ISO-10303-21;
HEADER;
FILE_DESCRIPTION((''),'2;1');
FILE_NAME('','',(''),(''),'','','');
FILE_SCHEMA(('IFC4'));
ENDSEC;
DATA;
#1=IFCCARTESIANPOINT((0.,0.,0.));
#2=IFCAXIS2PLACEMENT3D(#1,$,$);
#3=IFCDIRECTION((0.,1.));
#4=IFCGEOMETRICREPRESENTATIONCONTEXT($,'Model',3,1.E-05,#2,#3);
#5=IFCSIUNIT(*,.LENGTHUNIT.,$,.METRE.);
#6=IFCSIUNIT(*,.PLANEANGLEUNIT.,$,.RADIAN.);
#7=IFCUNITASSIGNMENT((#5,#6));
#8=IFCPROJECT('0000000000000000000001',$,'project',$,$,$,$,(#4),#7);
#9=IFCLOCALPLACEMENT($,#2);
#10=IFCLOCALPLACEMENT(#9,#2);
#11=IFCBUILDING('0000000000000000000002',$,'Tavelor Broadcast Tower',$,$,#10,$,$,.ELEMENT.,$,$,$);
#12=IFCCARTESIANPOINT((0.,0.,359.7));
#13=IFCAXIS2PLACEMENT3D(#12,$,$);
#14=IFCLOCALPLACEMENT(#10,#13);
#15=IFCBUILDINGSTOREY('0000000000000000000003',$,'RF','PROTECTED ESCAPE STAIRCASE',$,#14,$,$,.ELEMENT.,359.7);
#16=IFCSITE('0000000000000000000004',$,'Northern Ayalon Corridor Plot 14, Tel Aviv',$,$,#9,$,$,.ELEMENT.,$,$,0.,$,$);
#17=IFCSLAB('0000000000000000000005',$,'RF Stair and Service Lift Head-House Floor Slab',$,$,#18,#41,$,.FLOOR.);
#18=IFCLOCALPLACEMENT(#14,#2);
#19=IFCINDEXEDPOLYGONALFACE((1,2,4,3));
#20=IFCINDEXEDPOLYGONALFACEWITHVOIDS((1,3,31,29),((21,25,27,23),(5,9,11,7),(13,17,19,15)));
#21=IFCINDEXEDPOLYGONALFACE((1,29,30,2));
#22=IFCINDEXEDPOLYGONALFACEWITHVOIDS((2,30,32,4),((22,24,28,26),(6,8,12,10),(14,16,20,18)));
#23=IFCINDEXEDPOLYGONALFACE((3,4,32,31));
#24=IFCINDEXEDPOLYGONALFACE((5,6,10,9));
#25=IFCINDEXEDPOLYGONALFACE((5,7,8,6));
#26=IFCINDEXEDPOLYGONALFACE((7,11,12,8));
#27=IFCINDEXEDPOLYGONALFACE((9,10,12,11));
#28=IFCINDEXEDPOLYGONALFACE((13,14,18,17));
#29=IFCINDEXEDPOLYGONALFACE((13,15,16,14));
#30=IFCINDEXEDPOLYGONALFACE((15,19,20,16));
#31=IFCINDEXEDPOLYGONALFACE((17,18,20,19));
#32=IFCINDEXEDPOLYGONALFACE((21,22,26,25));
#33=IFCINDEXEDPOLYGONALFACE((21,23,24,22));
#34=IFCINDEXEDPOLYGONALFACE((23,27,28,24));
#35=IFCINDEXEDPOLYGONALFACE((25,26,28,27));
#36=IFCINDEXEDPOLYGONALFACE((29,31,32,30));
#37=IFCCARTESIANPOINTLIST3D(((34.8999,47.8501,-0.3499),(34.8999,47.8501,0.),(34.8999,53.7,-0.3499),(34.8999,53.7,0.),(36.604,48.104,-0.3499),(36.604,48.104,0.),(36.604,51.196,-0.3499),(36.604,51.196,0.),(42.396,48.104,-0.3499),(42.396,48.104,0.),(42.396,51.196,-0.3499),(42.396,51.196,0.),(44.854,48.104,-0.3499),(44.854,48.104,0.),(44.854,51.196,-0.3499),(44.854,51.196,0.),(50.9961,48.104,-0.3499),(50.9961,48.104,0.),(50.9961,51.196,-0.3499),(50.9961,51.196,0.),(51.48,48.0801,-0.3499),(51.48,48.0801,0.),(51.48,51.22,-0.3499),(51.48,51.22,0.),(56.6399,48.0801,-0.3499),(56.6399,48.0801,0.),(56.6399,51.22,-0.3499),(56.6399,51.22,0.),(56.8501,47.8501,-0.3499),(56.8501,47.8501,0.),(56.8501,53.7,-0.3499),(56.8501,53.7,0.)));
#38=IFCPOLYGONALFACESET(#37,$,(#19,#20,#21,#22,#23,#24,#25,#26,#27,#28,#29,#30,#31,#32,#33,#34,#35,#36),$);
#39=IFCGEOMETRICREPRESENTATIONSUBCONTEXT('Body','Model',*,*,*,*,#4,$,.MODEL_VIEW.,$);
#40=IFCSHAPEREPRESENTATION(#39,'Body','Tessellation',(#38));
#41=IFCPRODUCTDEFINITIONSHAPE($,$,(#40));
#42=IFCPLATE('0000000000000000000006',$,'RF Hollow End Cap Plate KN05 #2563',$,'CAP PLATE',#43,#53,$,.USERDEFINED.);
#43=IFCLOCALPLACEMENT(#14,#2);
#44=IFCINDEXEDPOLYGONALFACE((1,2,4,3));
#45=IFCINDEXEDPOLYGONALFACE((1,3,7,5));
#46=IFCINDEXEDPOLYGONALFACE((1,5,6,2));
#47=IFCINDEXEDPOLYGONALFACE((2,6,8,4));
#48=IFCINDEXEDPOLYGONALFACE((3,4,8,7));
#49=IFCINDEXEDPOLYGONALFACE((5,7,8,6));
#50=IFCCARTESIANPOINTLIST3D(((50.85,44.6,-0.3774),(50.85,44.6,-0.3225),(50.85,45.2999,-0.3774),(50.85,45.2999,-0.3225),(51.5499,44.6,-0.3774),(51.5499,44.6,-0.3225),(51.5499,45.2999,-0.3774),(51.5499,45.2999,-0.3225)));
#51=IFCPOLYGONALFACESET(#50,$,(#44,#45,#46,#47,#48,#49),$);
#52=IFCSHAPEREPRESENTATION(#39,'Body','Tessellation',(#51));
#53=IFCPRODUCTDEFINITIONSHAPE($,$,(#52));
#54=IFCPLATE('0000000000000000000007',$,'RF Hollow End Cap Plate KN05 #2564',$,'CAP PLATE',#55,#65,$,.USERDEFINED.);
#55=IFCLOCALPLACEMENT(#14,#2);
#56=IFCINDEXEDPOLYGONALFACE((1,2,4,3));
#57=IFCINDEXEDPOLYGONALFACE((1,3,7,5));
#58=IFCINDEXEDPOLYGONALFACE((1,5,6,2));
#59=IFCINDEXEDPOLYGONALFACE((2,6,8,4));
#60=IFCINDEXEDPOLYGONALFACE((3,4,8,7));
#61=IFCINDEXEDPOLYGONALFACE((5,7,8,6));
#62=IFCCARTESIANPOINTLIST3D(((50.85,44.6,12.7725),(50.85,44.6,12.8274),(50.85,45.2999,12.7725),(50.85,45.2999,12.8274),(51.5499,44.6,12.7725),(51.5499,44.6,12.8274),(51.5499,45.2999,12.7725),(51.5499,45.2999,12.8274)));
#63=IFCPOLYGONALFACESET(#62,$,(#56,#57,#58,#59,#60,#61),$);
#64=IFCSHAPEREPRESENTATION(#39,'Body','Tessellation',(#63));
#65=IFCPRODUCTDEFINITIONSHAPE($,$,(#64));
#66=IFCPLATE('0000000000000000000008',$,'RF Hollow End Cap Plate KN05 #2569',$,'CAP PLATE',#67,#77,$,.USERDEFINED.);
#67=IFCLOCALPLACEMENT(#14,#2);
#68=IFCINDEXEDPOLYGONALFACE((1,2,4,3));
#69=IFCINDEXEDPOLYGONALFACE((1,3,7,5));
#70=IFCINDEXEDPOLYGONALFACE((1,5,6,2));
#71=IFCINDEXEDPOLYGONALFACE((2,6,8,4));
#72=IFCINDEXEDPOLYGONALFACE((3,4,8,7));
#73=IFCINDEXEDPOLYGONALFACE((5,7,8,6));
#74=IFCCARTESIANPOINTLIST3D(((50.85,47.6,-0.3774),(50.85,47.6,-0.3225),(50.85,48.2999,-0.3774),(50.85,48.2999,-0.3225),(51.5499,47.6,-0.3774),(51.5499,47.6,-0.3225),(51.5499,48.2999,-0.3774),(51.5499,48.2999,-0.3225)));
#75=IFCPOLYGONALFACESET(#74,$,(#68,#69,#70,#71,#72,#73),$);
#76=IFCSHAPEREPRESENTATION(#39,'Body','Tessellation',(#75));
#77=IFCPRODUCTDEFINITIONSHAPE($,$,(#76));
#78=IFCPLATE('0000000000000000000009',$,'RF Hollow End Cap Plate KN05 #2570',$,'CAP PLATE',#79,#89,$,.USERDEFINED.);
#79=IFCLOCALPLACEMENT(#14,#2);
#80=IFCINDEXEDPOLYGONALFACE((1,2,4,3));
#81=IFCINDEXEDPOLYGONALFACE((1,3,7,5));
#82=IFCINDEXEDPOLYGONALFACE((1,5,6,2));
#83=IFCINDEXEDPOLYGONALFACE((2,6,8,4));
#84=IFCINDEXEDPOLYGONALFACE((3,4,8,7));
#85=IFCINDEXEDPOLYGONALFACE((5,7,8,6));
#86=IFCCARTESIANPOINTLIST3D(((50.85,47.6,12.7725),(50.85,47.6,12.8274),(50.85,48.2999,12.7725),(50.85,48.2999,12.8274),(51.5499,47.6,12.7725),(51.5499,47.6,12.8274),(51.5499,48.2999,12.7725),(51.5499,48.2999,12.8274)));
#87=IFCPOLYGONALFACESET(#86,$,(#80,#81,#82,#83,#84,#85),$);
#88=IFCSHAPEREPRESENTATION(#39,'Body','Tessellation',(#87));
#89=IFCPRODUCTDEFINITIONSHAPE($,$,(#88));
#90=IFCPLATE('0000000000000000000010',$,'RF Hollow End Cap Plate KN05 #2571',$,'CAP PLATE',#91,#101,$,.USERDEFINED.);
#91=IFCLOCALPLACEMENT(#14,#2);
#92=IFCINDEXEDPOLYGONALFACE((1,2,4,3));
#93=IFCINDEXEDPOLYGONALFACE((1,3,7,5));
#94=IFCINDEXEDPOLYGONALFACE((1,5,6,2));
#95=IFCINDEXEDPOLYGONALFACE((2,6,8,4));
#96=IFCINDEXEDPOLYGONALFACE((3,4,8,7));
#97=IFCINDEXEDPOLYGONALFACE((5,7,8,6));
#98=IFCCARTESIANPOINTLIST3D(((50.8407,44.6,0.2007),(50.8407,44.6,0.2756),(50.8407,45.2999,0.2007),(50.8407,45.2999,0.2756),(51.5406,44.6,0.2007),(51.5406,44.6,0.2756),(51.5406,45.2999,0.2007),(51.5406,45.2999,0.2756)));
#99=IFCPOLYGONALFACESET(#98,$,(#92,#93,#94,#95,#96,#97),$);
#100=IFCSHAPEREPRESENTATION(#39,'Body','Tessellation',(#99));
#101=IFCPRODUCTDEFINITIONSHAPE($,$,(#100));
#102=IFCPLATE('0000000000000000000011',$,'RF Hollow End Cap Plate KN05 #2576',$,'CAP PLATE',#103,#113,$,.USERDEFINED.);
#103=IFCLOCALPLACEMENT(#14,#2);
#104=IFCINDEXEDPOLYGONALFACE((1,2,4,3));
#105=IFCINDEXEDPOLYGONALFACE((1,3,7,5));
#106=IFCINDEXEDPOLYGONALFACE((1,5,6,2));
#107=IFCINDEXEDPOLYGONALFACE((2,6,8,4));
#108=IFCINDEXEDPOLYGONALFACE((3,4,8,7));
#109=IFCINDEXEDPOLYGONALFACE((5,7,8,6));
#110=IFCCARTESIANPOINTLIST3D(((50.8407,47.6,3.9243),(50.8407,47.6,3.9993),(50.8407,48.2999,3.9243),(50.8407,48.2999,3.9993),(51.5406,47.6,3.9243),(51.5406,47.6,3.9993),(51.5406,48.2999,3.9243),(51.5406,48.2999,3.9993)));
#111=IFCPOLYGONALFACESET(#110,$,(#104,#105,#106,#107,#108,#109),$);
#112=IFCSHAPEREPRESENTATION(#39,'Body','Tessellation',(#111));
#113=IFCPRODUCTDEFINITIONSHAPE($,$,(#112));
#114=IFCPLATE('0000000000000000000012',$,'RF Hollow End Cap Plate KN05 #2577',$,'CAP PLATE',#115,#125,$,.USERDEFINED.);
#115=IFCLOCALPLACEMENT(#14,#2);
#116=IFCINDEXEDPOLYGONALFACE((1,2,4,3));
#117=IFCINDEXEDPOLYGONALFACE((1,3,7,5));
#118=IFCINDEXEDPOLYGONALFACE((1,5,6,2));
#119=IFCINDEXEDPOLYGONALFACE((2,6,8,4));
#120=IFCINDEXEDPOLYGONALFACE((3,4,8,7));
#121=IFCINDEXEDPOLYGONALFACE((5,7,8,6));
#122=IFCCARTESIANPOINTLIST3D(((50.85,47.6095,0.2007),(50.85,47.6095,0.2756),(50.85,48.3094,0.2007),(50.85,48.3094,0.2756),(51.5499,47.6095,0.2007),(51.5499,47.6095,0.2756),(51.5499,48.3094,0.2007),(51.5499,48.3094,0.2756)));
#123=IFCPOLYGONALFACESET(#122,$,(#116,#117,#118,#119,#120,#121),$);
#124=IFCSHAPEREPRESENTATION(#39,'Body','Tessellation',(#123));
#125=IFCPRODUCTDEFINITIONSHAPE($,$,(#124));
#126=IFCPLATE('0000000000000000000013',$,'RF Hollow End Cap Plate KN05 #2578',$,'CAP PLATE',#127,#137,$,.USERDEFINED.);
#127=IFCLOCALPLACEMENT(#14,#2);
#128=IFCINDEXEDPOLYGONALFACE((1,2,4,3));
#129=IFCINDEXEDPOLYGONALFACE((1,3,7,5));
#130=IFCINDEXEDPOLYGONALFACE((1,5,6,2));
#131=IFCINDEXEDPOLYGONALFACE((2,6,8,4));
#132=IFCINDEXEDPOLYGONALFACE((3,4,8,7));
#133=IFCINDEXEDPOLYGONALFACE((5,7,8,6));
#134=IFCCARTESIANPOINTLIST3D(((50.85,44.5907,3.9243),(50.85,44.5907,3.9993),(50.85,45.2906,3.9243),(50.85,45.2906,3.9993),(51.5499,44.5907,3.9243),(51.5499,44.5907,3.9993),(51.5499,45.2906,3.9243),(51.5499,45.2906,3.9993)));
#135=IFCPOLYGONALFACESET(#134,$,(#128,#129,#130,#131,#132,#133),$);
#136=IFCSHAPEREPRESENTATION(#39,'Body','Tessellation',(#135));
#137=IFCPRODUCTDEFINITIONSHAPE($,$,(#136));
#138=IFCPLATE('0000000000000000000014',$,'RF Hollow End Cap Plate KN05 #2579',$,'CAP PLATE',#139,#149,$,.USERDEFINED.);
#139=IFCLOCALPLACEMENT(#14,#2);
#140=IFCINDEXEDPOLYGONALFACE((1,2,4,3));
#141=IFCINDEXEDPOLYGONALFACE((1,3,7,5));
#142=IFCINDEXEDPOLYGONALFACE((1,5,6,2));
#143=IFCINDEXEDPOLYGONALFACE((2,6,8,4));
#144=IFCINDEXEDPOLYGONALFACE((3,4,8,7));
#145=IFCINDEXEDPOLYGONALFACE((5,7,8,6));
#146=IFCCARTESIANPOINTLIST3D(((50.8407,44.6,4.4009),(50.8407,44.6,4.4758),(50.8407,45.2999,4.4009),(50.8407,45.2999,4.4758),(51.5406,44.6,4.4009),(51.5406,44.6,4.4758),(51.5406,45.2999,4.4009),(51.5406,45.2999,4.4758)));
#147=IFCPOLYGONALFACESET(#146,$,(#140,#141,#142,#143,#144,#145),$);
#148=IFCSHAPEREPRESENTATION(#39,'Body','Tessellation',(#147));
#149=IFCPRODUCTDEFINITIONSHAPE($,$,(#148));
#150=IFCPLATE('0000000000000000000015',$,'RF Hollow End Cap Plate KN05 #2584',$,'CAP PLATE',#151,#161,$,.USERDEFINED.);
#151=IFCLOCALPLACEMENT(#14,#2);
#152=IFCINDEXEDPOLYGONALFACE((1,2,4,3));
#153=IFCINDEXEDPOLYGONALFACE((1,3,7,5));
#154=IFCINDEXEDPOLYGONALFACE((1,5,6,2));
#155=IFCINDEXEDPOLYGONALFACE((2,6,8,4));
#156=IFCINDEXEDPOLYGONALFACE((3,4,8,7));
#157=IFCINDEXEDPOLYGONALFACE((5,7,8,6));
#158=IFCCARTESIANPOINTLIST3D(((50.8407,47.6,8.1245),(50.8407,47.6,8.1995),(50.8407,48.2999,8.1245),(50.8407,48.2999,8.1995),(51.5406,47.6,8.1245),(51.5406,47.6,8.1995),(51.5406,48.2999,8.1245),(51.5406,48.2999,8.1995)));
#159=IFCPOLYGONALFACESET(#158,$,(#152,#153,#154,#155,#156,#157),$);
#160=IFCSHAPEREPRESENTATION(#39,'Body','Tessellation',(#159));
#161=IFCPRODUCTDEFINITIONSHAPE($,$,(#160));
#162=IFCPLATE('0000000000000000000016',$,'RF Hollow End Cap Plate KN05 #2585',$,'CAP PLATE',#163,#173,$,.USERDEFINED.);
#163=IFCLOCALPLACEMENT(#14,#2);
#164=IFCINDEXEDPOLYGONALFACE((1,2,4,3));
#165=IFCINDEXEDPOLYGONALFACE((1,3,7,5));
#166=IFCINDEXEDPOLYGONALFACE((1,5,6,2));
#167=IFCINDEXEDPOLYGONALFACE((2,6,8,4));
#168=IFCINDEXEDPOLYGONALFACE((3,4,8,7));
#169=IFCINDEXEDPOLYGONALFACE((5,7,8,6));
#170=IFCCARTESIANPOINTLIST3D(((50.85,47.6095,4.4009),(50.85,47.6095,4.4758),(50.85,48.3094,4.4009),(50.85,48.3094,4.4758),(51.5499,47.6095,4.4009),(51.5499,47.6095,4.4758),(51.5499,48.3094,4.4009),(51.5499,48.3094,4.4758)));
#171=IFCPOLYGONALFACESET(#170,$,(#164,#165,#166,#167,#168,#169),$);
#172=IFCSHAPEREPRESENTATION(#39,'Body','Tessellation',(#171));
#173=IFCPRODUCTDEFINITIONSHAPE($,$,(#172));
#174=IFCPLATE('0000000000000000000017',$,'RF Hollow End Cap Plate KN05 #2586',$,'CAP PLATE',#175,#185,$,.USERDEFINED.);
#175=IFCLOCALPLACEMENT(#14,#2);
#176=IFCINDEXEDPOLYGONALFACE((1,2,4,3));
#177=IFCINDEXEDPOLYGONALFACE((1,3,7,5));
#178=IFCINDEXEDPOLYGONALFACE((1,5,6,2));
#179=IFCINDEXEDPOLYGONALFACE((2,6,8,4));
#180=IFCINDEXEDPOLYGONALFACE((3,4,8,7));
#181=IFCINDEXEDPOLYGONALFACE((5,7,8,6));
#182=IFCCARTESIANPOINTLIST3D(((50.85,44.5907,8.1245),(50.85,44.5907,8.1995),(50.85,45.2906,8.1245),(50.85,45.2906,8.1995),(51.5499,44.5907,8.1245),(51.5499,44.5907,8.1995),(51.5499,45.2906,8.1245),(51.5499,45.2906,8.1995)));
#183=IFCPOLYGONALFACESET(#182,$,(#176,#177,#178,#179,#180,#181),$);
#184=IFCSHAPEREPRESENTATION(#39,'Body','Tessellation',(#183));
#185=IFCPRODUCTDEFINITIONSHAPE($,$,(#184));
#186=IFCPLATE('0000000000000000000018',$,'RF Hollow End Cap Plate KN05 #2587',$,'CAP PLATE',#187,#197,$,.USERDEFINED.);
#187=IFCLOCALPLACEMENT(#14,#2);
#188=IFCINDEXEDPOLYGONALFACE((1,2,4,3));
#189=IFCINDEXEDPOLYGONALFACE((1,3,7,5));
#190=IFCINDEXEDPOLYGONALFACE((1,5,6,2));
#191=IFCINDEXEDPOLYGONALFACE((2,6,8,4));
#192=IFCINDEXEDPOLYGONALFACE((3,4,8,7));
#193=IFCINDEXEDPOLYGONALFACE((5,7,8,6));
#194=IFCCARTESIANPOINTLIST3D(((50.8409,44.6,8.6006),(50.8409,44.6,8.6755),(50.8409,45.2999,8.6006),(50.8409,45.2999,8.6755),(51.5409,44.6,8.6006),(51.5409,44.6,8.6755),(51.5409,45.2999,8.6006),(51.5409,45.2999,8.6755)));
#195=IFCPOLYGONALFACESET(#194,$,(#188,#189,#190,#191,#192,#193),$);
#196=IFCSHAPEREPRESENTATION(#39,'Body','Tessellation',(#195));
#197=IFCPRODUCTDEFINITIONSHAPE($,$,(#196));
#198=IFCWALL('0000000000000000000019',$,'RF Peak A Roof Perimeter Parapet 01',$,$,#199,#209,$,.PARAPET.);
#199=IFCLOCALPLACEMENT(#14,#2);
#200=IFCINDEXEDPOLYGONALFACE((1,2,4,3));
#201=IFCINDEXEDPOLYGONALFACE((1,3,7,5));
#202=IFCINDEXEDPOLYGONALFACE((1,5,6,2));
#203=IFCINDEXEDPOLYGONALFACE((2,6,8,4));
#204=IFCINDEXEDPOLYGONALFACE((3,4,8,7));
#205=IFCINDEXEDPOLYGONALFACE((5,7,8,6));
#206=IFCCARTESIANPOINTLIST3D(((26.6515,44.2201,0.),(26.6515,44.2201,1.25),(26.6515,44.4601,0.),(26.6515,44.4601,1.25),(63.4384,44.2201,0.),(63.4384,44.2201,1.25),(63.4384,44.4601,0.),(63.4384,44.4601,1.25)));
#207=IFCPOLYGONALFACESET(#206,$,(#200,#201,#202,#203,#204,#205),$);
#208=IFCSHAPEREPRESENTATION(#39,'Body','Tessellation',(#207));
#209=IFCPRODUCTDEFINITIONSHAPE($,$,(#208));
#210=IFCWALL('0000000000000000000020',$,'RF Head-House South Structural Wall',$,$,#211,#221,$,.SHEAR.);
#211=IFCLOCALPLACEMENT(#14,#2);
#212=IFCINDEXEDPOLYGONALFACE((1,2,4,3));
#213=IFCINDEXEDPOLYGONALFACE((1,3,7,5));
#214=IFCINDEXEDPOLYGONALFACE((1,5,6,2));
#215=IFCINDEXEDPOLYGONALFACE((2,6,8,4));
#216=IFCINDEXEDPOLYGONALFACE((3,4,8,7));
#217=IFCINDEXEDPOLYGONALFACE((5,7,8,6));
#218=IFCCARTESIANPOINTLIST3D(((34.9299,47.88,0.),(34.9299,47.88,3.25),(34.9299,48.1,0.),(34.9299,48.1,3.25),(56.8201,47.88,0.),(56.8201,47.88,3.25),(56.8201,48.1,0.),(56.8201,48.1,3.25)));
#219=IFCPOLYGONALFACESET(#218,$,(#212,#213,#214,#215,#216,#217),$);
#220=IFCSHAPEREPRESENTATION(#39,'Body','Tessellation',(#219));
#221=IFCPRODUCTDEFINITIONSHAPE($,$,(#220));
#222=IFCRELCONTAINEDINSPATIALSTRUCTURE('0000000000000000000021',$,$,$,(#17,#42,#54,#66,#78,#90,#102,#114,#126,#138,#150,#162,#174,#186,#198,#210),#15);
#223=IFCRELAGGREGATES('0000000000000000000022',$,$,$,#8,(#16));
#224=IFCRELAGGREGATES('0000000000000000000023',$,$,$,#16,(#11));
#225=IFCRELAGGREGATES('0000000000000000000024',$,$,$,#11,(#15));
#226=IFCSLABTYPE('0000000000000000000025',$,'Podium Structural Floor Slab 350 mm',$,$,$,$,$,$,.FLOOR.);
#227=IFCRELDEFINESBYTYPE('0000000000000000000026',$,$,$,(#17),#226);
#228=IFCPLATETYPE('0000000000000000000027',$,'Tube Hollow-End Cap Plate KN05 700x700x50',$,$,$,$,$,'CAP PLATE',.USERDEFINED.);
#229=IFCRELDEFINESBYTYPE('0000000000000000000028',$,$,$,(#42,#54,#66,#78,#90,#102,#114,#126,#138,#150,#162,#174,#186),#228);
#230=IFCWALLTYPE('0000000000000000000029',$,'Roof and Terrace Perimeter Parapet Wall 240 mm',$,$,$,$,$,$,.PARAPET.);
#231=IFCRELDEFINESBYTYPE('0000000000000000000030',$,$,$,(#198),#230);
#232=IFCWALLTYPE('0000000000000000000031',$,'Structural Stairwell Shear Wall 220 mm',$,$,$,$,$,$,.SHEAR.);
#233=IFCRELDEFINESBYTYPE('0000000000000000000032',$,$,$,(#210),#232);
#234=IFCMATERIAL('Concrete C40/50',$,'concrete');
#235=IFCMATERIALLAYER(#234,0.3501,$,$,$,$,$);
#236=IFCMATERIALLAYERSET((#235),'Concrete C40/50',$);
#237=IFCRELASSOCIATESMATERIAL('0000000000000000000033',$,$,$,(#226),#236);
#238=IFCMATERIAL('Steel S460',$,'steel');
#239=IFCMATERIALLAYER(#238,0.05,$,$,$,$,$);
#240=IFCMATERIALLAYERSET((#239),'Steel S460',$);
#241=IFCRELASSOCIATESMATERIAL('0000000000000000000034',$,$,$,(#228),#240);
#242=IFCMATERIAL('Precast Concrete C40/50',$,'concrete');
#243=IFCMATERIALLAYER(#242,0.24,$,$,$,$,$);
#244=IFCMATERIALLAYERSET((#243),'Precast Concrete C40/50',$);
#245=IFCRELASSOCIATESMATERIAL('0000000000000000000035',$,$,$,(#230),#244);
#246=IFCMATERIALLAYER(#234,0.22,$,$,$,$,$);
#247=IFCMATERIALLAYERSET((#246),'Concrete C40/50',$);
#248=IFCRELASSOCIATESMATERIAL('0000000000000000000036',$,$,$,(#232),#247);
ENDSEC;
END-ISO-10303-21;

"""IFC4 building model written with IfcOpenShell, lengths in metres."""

from ifc_helpers import new_model, si_unit, direction, frame, frame_2d, origin, origin_2d, place, context, subcontext, project, spatial, polyline, rectangle, outline, extrude, source, transform, mapped, material, layer, layer_set, type_object, type_shapes, element, save


model = new_model("IFC4")

# Units and contexts
model_context = context("Model", 3, precision=1e-05, world=origin(), true_north=direction((0.0, 1.0)))
body_context = subcontext(model_context, "Body", "Model", "MODEL_VIEW")
ifc_project = project(units=[si_unit("LENGTHUNIT", "METRE"), si_unit("PLANEANGLEUNIT", "RADIAN")], contexts=[model_context])

# Site, building, storey
site_placement = place(None, origin())
site = spatial("IfcSite", under=ifc_project, at=site_placement, Name="Northern Ayalon Corridor Plot 14, Tel Aviv", CompositionType="ELEMENT", RefElevation=0.0)
building_placement = place(site_placement, origin())
building = spatial("IfcBuilding", under=site, at=building_placement, Name="Tavelor Broadcast Tower", CompositionType="ELEMENT")
storey_placement = place(building_placement, frame((0.0, 0.0, 359.7)))
storey = spatial("IfcBuildingStorey", under=building, at=storey_placement, Name="RF", Description="PROTECTED ESCAPE STAIRCASE", CompositionType="ELEMENT", Elevation=359.7)

# Shared definitions
ifc_material_1 = material(Name="Concrete C40/50", Category="concrete")

# Slab
ifc_layer_1 = layer(ifc_material_1, 0.3501)
ifc_layer_set_1 = layer_set([ifc_layer_1], Name="Concrete C40/50")
slab_type_1 = type_object("IfcSlabType", Name="Podium Structural Floor Slab 350 mm", PredefinedType="FLOOR", material=ifc_layer_set_1)
slab_1_placement = place(storey_placement, frame((0.0, 0.0, -0.3499)))
element("IfcSlab", 1, at=slab_1_placement, inside=storey, type_object=slab_type_1, Name="RF Stair and Service Lift Head-House Floor Slab", PredefinedType="FLOOR", context=body_context, shape_type="SweptSolid", body=[
    extrude(outline(polyline([(56.8501, 47.8501), (56.8501, 53.7), (34.8999, 53.7), (34.8999, 47.8501), (56.8501, 47.8501)]), holes=[polyline([(44.854, 48.104), (44.854, 51.196), (50.9961, 51.196), (50.9961, 48.104), (44.854, 48.104)]), polyline([(36.604, 48.104), (36.604, 51.196), (42.396, 51.196), (42.396, 48.104), (36.604, 48.104)]), polyline([(51.48, 48.0801), (51.48, 51.22), (56.6399, 51.22), (56.6399, 48.0801), (51.48, 48.0801)])]), origin(), (0.0, 0.0, 1.0), 0.3499),
])

# Plates
ifc_material_2 = material(Name="Steel S460", Category="steel")
ifc_layer_2 = layer(ifc_material_2, 0.05)
ifc_layer_set_2 = layer_set([ifc_layer_2], Name="Steel S460")
plate_type = type_object("IfcPlateType", Name="Tube Hollow-End Cap Plate KN05 700x700x50", ElementType="CAP PLATE", PredefinedType="USERDEFINED", material=ifc_layer_set_2)
shared_shape_1 = source(origin(), body_context, "Body", "SweptSolid", [
    extrude(rectangle(XDim=0.7, YDim=0.7, at=origin_2d()), origin(), (0.0, 0.0, 1.0), 0.0549),
])
for number, where, z_axis, x_axis, name in (
    (2, (51.2, 44.95, -0.3774), (0.0, 0.0, 1.0), (1.0, 0.0, 0.0), "RF Hollow End Cap Plate KN05 #2563"),
    (3, (51.2, 44.95, 12.7725), (0.0, 0.0, 1.0), (1.0, 0.0, 0.0), "RF Hollow End Cap Plate KN05 #2564"),
    (4, (51.2, 47.95, -0.3774), (0.0, 0.0, 1.0), (1.0, 0.0, 0.0), "RF Hollow End Cap Plate KN05 #2569"),
    (5, (51.2, 47.95, 12.7725), (0.0, 0.0, 1.0), (1.0, 0.0, 0.0), "RF Hollow End Cap Plate KN05 #2570"),
):
    element("IfcPlate", number, at=place(storey_placement, frame(where, z_axis=z_axis, x_axis=x_axis)), inside=storey, type_object=plate_type, Name=name, ObjectType="CAP PLATE", PredefinedType="USERDEFINED", context=body_context, shape_type="MappedRepresentation", body=[
        mapped(shared_shape_1, transform((0.0, 0.0, 0.0), scale=1.0)),
    ])
shared_shape_2 = source(origin(), body_context, "Body", "SweptSolid", [
    extrude(rectangle(XDim=0.7, YDim=0.7, at=origin_2d()), origin(), (0.0, 0.0, 1.0), 0.075),
])
type_shapes(plate_type, [shared_shape_1, shared_shape_2])
for number, where, z_axis, x_axis, name in (
    (6, (51.1907, 44.95, 0.2007), (0.0, 0.0, 1.0), (1.0, 0.0, 0.0), "RF Hollow End Cap Plate KN05 #2571"),
    (7, (51.1907, 47.95, 3.9243), (0.0, 0.0, 1.0), (1.0, 0.0, 0.0), "RF Hollow End Cap Plate KN05 #2576"),
    (8, (51.2, 47.9595, 0.2007), (0.0, 0.0, 1.0), (1.0, 0.0, 0.0), "RF Hollow End Cap Plate KN05 #2577"),
    (9, (51.2, 44.9407, 3.9243), (0.0, 0.0, 1.0), (1.0, 0.0, 0.0), "RF Hollow End Cap Plate KN05 #2578"),
    (10, (51.1907, 44.95, 4.4009), (0.0, 0.0, 1.0), (1.0, 0.0, 0.0), "RF Hollow End Cap Plate KN05 #2579"),
    (11, (51.1907, 47.95, 8.1245), (0.0, 0.0, 1.0), (1.0, 0.0, 0.0), "RF Hollow End Cap Plate KN05 #2584"),
    (12, (51.2, 47.9595, 4.4009), (0.0, 0.0, 1.0), (1.0, 0.0, 0.0), "RF Hollow End Cap Plate KN05 #2585"),
    (13, (51.2, 44.9407, 8.1245), (0.0, 0.0, 1.0), (1.0, 0.0, 0.0), "RF Hollow End Cap Plate KN05 #2586"),
    (14, (51.1909, 44.95, 8.6006), (0.0, 0.0, 1.0), (1.0, 0.0, 0.0), "RF Hollow End Cap Plate KN05 #2587"),
):
    element("IfcPlate", number, at=place(storey_placement, frame(where, z_axis=z_axis, x_axis=x_axis)), inside=storey, type_object=plate_type, Name=name, ObjectType="CAP PLATE", PredefinedType="USERDEFINED", context=body_context, shape_type="MappedRepresentation", body=[
        mapped(shared_shape_2, transform((0.0, 0.0, 0.0), scale=1.0)),
    ])

# Walls
ifc_material_3 = material(Name="Precast Concrete C40/50", Category="concrete")
ifc_layer_3 = layer(ifc_material_3, 0.24)
ifc_layer_set_3 = layer_set([ifc_layer_3], Name="Precast Concrete C40/50")
wall_type_1 = type_object("IfcWallType", Name="Roof and Terrace Perimeter Parapet Wall 240 mm", PredefinedType="PARAPET", material=ifc_layer_set_3)
wall_1_placement = place(storey_placement, frame((26.6514, 44.3401, 0.0), z_axis=(0.0, 0.0, 1.0), x_axis=(1.0, 0.0, 0.0)))
element("IfcWall", 15, at=wall_1_placement, inside=storey, type_object=wall_type_1, Name="RF Peak A Roof Perimeter Parapet 01", PredefinedType="PARAPET", context=body_context, shape_type="SweptSolid", body=[
    extrude(rectangle(XDim=36.7869, YDim=0.24, at=frame_2d((18.3936, 0.0))), origin(), (0.0, 0.0, 1.0), 1.25),
])
ifc_layer_4 = layer(ifc_material_1, 0.22)
ifc_layer_set_4 = layer_set([ifc_layer_4], Name="Concrete C40/50")
wall_type_2 = type_object("IfcWallType", Name="Structural Stairwell Shear Wall 220 mm", PredefinedType="SHEAR", material=ifc_layer_set_4)
wall_2_placement = place(storey_placement, frame((34.9299, 47.99, 0.0), z_axis=(0.0, 0.0, 1.0), x_axis=(1.0, 0.0, 0.0)))
element("IfcWall", 16, at=wall_2_placement, inside=storey, type_object=wall_type_2, Name="RF Head-House South Structural Wall", PredefinedType="SHEAR", context=body_context, shape_type="SweptSolid", body=[
    extrude(rectangle(XDim=21.8901, YDim=0.22, at=frame_2d((10.9451, 0.0))), origin(), (0.0, 0.0, 1.0), 3.25),
])

save(model, "model.ifc")
